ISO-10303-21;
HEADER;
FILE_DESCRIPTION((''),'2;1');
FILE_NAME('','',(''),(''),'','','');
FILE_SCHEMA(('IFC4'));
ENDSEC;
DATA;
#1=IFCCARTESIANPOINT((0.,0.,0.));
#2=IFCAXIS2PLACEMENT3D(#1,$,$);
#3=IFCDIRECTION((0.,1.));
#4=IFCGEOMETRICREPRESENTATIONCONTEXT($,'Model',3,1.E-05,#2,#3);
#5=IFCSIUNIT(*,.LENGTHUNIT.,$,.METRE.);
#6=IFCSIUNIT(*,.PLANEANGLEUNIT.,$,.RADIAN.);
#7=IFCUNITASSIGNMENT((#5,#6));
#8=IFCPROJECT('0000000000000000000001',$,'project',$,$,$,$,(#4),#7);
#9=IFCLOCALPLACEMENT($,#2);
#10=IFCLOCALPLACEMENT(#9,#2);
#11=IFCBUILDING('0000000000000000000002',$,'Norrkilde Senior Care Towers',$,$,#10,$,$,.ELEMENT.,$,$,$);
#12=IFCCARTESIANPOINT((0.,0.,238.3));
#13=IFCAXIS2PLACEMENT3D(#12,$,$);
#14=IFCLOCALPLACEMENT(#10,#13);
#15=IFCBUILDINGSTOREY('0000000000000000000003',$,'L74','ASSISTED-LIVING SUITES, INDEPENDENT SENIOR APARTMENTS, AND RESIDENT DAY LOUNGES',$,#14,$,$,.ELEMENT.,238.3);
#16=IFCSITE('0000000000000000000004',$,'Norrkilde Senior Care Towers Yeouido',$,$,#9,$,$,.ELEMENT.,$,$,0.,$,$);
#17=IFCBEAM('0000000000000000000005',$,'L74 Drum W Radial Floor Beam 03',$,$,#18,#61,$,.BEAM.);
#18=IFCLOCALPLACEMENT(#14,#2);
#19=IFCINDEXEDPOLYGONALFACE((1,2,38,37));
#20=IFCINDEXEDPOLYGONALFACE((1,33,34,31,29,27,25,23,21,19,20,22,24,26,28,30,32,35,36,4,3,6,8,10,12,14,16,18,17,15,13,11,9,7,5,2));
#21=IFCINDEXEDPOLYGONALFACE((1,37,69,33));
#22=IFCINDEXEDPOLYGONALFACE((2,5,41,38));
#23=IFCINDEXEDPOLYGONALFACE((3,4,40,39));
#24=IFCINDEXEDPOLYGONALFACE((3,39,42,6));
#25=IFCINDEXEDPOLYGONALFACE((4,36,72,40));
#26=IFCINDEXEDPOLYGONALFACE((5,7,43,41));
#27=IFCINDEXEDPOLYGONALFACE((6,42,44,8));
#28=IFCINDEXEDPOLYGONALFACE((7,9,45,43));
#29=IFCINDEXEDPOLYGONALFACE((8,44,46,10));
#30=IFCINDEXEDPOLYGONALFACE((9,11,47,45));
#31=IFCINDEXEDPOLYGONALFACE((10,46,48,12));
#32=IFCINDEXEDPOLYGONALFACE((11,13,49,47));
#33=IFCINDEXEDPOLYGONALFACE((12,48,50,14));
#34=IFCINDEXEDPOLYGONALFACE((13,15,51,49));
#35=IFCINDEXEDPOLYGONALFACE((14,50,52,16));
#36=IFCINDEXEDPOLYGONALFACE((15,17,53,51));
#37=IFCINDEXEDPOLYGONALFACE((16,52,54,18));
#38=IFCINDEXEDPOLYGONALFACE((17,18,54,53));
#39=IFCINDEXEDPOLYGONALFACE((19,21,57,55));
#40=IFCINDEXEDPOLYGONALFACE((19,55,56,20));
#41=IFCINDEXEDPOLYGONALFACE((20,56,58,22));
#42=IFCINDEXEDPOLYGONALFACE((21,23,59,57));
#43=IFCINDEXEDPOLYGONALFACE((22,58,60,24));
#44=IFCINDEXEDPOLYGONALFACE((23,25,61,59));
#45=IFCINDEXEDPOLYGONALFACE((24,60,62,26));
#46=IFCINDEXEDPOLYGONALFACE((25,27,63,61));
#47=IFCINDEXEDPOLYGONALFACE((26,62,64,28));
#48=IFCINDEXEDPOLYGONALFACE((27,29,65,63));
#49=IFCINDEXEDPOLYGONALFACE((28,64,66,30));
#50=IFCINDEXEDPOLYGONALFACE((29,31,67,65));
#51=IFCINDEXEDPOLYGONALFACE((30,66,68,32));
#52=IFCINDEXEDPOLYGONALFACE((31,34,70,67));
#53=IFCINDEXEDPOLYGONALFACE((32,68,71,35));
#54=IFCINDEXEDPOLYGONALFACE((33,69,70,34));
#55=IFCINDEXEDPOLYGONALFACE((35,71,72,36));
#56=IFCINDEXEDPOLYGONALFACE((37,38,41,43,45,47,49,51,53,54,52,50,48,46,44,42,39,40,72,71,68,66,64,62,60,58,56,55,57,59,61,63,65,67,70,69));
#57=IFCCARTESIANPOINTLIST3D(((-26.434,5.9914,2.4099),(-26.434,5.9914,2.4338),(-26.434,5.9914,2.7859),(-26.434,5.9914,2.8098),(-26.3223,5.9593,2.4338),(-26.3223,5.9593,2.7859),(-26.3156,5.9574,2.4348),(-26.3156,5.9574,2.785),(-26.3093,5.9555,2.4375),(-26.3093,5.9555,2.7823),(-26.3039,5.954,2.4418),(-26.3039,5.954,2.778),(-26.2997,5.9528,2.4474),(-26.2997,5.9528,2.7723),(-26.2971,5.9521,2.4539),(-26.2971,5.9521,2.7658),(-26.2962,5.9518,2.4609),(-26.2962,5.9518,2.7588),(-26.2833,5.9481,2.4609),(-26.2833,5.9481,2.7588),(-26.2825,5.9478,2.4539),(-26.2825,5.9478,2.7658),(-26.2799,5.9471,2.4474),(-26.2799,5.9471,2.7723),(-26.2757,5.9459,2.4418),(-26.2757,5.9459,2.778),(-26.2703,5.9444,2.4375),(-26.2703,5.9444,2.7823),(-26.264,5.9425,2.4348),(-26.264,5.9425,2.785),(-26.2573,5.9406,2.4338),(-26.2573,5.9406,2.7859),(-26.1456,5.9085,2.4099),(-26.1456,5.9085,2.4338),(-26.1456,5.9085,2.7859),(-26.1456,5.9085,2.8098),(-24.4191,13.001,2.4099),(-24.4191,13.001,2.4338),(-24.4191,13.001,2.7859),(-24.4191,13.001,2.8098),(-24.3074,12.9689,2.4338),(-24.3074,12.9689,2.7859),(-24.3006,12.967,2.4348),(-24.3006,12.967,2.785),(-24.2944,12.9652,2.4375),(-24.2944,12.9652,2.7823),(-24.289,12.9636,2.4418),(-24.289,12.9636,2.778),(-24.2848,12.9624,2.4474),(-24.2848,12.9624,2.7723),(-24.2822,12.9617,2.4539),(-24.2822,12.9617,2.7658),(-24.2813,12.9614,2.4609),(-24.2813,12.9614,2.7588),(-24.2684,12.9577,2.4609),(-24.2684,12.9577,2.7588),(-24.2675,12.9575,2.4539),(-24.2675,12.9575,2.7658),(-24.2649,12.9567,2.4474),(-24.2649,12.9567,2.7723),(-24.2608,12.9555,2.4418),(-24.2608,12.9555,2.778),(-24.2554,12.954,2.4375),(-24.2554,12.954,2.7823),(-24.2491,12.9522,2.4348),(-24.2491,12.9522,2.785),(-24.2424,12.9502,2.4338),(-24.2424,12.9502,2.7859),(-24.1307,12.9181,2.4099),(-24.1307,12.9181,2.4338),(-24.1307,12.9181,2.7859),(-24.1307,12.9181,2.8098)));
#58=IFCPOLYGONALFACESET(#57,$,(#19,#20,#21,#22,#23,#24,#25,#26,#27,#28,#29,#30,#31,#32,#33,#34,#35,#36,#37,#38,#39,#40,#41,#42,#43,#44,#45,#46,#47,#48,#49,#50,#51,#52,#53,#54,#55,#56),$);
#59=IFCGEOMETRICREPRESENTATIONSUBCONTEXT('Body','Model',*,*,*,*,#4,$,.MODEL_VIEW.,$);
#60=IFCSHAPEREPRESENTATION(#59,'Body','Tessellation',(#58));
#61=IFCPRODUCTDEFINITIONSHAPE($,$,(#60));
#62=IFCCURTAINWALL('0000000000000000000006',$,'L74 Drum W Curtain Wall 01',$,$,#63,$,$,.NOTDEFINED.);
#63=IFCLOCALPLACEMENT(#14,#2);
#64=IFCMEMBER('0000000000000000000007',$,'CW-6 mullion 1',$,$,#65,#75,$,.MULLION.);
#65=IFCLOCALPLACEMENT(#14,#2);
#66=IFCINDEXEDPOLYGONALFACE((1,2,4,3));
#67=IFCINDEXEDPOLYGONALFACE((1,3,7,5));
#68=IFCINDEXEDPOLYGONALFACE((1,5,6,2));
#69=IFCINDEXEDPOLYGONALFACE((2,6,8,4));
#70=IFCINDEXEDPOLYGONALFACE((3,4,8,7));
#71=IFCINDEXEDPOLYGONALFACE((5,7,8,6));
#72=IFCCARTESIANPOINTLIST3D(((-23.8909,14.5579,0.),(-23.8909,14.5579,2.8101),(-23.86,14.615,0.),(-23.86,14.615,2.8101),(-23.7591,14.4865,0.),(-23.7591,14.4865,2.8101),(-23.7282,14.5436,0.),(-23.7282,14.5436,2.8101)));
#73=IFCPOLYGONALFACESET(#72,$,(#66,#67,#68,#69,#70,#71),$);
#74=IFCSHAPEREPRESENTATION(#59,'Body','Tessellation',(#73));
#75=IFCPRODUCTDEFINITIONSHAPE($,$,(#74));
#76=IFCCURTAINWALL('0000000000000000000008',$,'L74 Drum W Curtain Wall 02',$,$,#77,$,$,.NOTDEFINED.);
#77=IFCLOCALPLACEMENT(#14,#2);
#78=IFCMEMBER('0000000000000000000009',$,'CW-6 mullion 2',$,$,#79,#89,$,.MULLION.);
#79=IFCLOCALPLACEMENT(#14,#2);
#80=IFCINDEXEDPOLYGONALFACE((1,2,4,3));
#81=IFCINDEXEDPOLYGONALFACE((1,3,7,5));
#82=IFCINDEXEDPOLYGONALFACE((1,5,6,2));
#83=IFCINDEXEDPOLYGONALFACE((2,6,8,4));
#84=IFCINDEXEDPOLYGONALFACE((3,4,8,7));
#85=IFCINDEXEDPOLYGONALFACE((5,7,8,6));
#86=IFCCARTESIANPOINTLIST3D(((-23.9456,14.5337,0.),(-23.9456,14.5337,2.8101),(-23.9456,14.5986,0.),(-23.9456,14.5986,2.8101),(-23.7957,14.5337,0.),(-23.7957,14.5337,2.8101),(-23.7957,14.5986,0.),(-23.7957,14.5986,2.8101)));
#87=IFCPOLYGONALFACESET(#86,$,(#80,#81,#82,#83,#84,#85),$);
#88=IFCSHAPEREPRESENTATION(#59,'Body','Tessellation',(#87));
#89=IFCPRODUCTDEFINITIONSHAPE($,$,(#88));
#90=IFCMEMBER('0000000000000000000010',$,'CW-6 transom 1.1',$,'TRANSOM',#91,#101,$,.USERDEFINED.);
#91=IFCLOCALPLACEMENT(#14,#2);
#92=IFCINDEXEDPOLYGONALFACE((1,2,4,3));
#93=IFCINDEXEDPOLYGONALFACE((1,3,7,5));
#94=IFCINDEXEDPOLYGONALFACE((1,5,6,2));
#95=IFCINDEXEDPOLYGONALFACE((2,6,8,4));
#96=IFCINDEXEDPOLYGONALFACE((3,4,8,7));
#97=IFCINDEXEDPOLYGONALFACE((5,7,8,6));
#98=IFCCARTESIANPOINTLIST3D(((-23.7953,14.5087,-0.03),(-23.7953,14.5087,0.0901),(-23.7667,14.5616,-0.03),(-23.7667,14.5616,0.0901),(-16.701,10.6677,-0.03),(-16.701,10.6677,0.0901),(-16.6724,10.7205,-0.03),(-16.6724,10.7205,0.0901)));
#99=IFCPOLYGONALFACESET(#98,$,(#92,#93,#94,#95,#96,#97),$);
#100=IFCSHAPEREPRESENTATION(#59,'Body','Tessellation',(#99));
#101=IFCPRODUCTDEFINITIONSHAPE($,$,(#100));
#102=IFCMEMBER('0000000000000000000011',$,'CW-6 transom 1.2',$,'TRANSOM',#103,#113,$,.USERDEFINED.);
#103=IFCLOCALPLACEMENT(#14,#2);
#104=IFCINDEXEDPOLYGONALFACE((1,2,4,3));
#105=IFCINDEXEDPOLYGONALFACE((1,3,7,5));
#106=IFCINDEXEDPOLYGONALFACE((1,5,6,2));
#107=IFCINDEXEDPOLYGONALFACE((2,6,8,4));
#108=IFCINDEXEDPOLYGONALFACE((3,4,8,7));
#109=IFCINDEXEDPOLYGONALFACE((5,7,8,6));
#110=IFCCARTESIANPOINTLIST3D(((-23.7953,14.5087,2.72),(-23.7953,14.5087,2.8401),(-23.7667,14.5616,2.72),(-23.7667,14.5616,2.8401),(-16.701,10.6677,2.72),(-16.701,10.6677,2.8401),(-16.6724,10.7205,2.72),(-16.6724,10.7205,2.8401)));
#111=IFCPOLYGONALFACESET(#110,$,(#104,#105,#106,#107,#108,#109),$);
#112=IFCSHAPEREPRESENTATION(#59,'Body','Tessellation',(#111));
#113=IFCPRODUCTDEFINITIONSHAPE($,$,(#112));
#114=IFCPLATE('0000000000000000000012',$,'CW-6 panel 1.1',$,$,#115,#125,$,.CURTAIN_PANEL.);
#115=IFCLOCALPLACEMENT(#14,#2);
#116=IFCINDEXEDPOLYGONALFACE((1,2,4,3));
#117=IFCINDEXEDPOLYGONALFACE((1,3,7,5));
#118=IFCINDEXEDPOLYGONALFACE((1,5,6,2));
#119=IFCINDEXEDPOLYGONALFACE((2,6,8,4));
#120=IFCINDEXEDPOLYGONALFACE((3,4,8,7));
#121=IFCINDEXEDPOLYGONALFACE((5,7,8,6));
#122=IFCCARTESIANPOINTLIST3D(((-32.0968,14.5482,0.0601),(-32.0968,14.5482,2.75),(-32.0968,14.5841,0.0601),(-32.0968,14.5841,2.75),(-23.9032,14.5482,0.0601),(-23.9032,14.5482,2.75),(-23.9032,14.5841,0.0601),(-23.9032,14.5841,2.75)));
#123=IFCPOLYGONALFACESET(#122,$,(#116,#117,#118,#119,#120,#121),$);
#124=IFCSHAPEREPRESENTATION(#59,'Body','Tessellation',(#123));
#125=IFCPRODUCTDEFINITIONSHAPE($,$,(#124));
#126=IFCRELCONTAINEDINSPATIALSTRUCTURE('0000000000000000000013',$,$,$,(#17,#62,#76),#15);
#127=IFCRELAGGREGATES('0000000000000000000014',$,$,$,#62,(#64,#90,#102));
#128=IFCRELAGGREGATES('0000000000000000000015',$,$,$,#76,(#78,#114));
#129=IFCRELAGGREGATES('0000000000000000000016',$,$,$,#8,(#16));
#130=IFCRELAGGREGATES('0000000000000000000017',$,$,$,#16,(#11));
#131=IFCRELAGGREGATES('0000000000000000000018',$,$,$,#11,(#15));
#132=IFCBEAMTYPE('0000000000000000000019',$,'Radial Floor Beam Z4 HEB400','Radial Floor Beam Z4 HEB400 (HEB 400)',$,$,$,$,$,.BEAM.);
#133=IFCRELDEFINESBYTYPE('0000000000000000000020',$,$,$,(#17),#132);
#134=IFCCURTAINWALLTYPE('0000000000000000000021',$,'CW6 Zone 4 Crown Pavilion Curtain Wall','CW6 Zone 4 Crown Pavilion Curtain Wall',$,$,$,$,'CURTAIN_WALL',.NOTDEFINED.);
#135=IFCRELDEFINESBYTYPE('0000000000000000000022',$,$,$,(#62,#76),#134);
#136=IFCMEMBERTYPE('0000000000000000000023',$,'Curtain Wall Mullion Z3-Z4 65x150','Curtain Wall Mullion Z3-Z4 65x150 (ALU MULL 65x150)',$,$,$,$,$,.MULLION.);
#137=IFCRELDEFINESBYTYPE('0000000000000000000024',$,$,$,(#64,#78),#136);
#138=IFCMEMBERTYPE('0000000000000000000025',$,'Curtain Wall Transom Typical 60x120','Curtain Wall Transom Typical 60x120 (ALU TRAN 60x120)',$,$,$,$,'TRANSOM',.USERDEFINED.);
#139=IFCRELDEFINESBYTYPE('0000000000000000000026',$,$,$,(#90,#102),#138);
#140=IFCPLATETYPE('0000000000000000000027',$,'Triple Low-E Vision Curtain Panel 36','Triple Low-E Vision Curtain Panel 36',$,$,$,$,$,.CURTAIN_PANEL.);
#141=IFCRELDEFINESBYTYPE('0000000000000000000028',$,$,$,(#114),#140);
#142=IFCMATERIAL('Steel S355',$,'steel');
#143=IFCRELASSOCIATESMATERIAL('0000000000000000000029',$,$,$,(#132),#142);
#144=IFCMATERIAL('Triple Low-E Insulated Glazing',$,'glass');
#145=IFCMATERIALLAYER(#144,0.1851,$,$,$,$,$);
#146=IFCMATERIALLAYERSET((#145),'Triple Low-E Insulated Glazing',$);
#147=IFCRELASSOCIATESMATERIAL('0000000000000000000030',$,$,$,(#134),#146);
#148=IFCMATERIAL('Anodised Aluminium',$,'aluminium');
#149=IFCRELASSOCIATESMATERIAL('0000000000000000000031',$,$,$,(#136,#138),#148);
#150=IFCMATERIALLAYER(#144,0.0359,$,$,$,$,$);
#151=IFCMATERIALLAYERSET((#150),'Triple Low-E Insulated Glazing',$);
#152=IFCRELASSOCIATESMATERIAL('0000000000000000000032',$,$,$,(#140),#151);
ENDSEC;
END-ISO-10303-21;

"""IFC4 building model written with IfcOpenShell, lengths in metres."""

from ifc_helpers import new_model, si_unit, direction, frame, origin, origin_2d, place, context, subcontext, project, spatial, rectangle, i_section, extrude, source, transform, mapped, material, layer, layer_set, material_profile, profile_set, type_object, type_shapes, element, aggregate, save


model = new_model("IFC4")

# Units and contexts
model_context = context("Model", 3, precision=1e-05, world=origin(), true_north=direction((0.0, 1.0)))
body_context = subcontext(model_context, "Body", "Model", "MODEL_VIEW")
ifc_project = project(units=[si_unit("LENGTHUNIT", "METRE"), si_unit("PLANEANGLEUNIT", "RADIAN")], contexts=[model_context])

# Site, building, storey
site_placement = place(None, origin())
site = spatial("IfcSite", under=ifc_project, at=site_placement, Name="Norrkilde Senior Care Towers Yeouido", CompositionType="ELEMENT", RefElevation=0.0)
building_placement = place(site_placement, origin())
building = spatial("IfcBuilding", under=site, at=building_placement, Name="Norrkilde Senior Care Towers", CompositionType="ELEMENT")
storey_placement = place(building_placement, frame((0.0, 0.0, 238.3)))
storey = spatial("IfcBuildingStorey", under=building, at=storey_placement, Name="L74", Description="ASSISTED-LIVING SUITES, INDEPENDENT SENIOR APARTMENTS, AND RESIDENT DAY LOUNGES", CompositionType="ELEMENT", Elevation=238.3)

# Beam
ifc_material_1 = material(Name="Steel S355", Category="steel")
ifc_material_profile_1 = material_profile(ifc_material_1, i_section(OverallWidth=0.3, OverallDepth=0.3999, WebThickness=0.0134, FlangeThickness=0.0239, FilletRadius=0.0271, at=origin_2d()), Name="HEB 400")
ifc_profile_set_1 = profile_set([ifc_material_profile_1], Name="Steel S355")
beam_type_1 = type_object("IfcBeamType", Name="Radial Floor Beam Z4 HEB400", Description="Radial Floor Beam Z4 HEB400 (HEB 400)", PredefinedType="BEAM", material=ifc_profile_set_1)
shared_shape_1 = source(origin(), body_context, "Body", "SweptSolid", [
    extrude(i_section(OverallWidth=0.3, OverallDepth=0.3999, WebThickness=0.0134, FlangeThickness=0.0239, FilletRadius=0.0271, at=origin_2d()), origin(), (0.0, 0.0, 1.0), 7.2935),
])
beam_1_placement = place(storey_placement, frame((-26.2898, 5.95, 2.6099), z_axis=(0.276264, 0.961082, 0.0), x_axis=(-0.961082, 0.276264, 0.0)))
element("IfcBeam", 1, at=beam_1_placement, inside=storey, type_object=beam_type_1, Name="L74 Drum W Radial Floor Beam 03", PredefinedType="BEAM", context=body_context, shape_type="MappedRepresentation", body=[
    mapped(shared_shape_1, transform((0.0, 0.0, 0.0), x_axis=(1.0, 0.0, 0.0), y_axis=(0.0, 1.0, 0.0), z_axis=(0.0, 0.0, 1.0), scale=1.0)),
])

# Curtain walls, members
ifc_material_2 = material(Name="Triple Low-E Insulated Glazing", Category="glass")
ifc_layer_1 = layer(ifc_material_2, 0.1851)
ifc_layer_set_1 = layer_set([ifc_layer_1], Name="Triple Low-E Insulated Glazing")
curtain_wall_type = type_object("IfcCurtainWallType", Name="CW6 Zone 4 Crown Pavilion Curtain Wall", Description="CW6 Zone 4 Crown Pavilion Curtain Wall", ElementType="CURTAIN_WALL", PredefinedType="NOTDEFINED", material=ifc_layer_set_1)
curtain_wall_1_placement = place(storey_placement, origin())
curtain_wall_1 = element("IfcCurtainWall", 2, at=curtain_wall_1_placement, inside=storey, type_object=curtain_wall_type, Name="L74 Drum W Curtain Wall 01", PredefinedType="NOTDEFINED")
ifc_material_3 = material(Name="Anodised Aluminium", Category="aluminium")
ifc_material_profile_2 = material_profile(ifc_material_3, rectangle(XDim=0.0649, YDim=0.1499, at=origin_2d()), Name="ALU MULL 65x150")
ifc_profile_set_2 = profile_set([ifc_material_profile_2], Name="Anodised Aluminium")
member_type_1 = type_object("IfcMemberType", Name="Curtain Wall Mullion Z3-Z4 65x150", Description="Curtain Wall Mullion Z3-Z4 65x150 (ALU MULL 65x150)", PredefinedType="MULLION", material=ifc_profile_set_2)
shared_shape_2 = source(origin(), body_context, "Body", "SweptSolid", [
    extrude(rectangle(XDim=0.0649, YDim=0.1499, at=origin_2d()), origin(), (0.0, 0.0, 1.0), 2.8101),
])
type_shapes(member_type_1, [shared_shape_2])
member_1_placement = place(storey_placement, frame((-23.8096, 14.5508, 0.0), z_axis=(0.0, 0.0, 1.0), x_axis=(0.476133, 0.879373, 0.0)))
member_1 = element("IfcMember", 3, at=member_1_placement, type_object=member_type_1, Name="CW-6 mullion 1", PredefinedType="MULLION", context=body_context, shape_type="MappedRepresentation", body=[
    mapped(shared_shape_2, transform((0.0, 0.0, 0.0), x_axis=(1.0, 0.0, 0.0), y_axis=(0.0, 1.0, 0.0), z_axis=(0.0, 0.0, 1.0), scale=1.0)),
])
curtain_wall_2_placement = place(storey_placement, origin())
curtain_wall_2 = element("IfcCurtainWall", 4, at=curtain_wall_2_placement, inside=storey, type_object=curtain_wall_type, Name="L74 Drum W Curtain Wall 02", PredefinedType="NOTDEFINED")
member_2_placement = place(storey_placement, frame((-23.8706, 14.5662, 0.0), z_axis=(0.0, 0.0, 1.0), x_axis=(0.0, 1.0, 0.0)))
member_2 = element("IfcMember", 5, at=member_2_placement, type_object=member_type_1, Name="CW-6 mullion 2", PredefinedType="MULLION", context=body_context, shape_type="MappedRepresentation", body=[
    mapped(shared_shape_2, transform((0.0, 0.0, 0.0), x_axis=(1.0, 0.0, 0.0), y_axis=(0.0, 1.0, 0.0), z_axis=(0.0, 0.0, 1.0), scale=1.0)),
])

# Members
ifc_material_profile_3 = material_profile(ifc_material_3, rectangle(XDim=0.0601, YDim=0.1201, at=origin_2d()), Name="ALU TRAN 60x120")
ifc_profile_set_3 = profile_set([ifc_material_profile_3], Name="Anodised Aluminium")
member_type_2 = type_object("IfcMemberType", Name="Curtain Wall Transom Typical 60x120", Description="Curtain Wall Transom Typical 60x120 (ALU TRAN 60x120)", ElementType="TRANSOM", PredefinedType="USERDEFINED", material=ifc_profile_set_3)
shared_shape_3 = source(origin(), body_context, "Body", "SweptSolid", [
    extrude(rectangle(XDim=0.0601, YDim=0.1201, at=origin_2d()), origin(), (0.0, 0.0, 1.0), 8.0674),
])
type_shapes(member_type_2, [shared_shape_3])
member_3_placement = place(storey_placement, frame((-23.781, 14.5352, 0.03), z_axis=(0.879378, -0.476125, 0.0), x_axis=(0.476125, 0.879378, 0.0)))
member_3 = element("IfcMember", 6, at=member_3_placement, type_object=member_type_2, Name="CW-6 transom 1.1", ObjectType="TRANSOM", PredefinedType="USERDEFINED", context=body_context, shape_type="MappedRepresentation", body=[
    mapped(shared_shape_3, transform((0.0, 0.0, 0.0), x_axis=(1.0, 0.0, 0.0), y_axis=(0.0, 1.0, 0.0), z_axis=(0.0, 0.0, 1.0), scale=1.0)),
])
member_4_placement = place(storey_placement, frame((-23.781, 14.5352, 2.78), z_axis=(0.879378, -0.476125, 0.0), x_axis=(0.476125, 0.879378, 0.0)))
member_4 = element("IfcMember", 7, at=member_4_placement, type_object=member_type_2, Name="CW-6 transom 1.2", ObjectType="TRANSOM", PredefinedType="USERDEFINED", context=body_context, shape_type="MappedRepresentation", body=[
    mapped(shared_shape_3, transform((0.0, 0.0, 0.0), x_axis=(1.0, 0.0, 0.0), y_axis=(0.0, 1.0, 0.0), z_axis=(0.0, 0.0, 1.0), scale=1.0)),
])
aggregate(curtain_wall_1, [member_1, member_3, member_4])

# Plate
ifc_layer_2 = layer(ifc_material_2, 0.0359)
ifc_layer_set_2 = layer_set([ifc_layer_2], Name="Triple Low-E Insulated Glazing")
plate_type = type_object("IfcPlateType", Name="Triple Low-E Vision Curtain Panel 36", Description="Triple Low-E Vision Curtain Panel 36", PredefinedType="CURTAIN_PANEL", material=ifc_layer_set_2)
shared_shape_4 = source(origin(), body_context, "Body", "SweptSolid", [
    extrude(rectangle(XDim=8.1936, YDim=0.0359, at=origin_2d()), origin(), (0.0, 0.0, 1.0), 2.6899),
])
type_shapes(plate_type, [shared_shape_4])
plate_placement = place(storey_placement, frame((-28.0, 14.5662, 0.0601), z_axis=(0.0, 0.0, 1.0), x_axis=(1.0, 0.0, 0.0)))
plate = element("IfcPlate", 8, at=plate_placement, type_object=plate_type, Name="CW-6 panel 1.1", PredefinedType="CURTAIN_PANEL", context=body_context, shape_type="MappedRepresentation", body=[
    mapped(shared_shape_4, transform((0.0, 0.0, 0.0), x_axis=(1.0, 0.0, 0.0), y_axis=(0.0, 1.0, 0.0), z_axis=(0.0, 0.0, 1.0), scale=1.0)),
])
aggregate(curtain_wall_2, [member_2, plate])

save(model, "model.ifc")
